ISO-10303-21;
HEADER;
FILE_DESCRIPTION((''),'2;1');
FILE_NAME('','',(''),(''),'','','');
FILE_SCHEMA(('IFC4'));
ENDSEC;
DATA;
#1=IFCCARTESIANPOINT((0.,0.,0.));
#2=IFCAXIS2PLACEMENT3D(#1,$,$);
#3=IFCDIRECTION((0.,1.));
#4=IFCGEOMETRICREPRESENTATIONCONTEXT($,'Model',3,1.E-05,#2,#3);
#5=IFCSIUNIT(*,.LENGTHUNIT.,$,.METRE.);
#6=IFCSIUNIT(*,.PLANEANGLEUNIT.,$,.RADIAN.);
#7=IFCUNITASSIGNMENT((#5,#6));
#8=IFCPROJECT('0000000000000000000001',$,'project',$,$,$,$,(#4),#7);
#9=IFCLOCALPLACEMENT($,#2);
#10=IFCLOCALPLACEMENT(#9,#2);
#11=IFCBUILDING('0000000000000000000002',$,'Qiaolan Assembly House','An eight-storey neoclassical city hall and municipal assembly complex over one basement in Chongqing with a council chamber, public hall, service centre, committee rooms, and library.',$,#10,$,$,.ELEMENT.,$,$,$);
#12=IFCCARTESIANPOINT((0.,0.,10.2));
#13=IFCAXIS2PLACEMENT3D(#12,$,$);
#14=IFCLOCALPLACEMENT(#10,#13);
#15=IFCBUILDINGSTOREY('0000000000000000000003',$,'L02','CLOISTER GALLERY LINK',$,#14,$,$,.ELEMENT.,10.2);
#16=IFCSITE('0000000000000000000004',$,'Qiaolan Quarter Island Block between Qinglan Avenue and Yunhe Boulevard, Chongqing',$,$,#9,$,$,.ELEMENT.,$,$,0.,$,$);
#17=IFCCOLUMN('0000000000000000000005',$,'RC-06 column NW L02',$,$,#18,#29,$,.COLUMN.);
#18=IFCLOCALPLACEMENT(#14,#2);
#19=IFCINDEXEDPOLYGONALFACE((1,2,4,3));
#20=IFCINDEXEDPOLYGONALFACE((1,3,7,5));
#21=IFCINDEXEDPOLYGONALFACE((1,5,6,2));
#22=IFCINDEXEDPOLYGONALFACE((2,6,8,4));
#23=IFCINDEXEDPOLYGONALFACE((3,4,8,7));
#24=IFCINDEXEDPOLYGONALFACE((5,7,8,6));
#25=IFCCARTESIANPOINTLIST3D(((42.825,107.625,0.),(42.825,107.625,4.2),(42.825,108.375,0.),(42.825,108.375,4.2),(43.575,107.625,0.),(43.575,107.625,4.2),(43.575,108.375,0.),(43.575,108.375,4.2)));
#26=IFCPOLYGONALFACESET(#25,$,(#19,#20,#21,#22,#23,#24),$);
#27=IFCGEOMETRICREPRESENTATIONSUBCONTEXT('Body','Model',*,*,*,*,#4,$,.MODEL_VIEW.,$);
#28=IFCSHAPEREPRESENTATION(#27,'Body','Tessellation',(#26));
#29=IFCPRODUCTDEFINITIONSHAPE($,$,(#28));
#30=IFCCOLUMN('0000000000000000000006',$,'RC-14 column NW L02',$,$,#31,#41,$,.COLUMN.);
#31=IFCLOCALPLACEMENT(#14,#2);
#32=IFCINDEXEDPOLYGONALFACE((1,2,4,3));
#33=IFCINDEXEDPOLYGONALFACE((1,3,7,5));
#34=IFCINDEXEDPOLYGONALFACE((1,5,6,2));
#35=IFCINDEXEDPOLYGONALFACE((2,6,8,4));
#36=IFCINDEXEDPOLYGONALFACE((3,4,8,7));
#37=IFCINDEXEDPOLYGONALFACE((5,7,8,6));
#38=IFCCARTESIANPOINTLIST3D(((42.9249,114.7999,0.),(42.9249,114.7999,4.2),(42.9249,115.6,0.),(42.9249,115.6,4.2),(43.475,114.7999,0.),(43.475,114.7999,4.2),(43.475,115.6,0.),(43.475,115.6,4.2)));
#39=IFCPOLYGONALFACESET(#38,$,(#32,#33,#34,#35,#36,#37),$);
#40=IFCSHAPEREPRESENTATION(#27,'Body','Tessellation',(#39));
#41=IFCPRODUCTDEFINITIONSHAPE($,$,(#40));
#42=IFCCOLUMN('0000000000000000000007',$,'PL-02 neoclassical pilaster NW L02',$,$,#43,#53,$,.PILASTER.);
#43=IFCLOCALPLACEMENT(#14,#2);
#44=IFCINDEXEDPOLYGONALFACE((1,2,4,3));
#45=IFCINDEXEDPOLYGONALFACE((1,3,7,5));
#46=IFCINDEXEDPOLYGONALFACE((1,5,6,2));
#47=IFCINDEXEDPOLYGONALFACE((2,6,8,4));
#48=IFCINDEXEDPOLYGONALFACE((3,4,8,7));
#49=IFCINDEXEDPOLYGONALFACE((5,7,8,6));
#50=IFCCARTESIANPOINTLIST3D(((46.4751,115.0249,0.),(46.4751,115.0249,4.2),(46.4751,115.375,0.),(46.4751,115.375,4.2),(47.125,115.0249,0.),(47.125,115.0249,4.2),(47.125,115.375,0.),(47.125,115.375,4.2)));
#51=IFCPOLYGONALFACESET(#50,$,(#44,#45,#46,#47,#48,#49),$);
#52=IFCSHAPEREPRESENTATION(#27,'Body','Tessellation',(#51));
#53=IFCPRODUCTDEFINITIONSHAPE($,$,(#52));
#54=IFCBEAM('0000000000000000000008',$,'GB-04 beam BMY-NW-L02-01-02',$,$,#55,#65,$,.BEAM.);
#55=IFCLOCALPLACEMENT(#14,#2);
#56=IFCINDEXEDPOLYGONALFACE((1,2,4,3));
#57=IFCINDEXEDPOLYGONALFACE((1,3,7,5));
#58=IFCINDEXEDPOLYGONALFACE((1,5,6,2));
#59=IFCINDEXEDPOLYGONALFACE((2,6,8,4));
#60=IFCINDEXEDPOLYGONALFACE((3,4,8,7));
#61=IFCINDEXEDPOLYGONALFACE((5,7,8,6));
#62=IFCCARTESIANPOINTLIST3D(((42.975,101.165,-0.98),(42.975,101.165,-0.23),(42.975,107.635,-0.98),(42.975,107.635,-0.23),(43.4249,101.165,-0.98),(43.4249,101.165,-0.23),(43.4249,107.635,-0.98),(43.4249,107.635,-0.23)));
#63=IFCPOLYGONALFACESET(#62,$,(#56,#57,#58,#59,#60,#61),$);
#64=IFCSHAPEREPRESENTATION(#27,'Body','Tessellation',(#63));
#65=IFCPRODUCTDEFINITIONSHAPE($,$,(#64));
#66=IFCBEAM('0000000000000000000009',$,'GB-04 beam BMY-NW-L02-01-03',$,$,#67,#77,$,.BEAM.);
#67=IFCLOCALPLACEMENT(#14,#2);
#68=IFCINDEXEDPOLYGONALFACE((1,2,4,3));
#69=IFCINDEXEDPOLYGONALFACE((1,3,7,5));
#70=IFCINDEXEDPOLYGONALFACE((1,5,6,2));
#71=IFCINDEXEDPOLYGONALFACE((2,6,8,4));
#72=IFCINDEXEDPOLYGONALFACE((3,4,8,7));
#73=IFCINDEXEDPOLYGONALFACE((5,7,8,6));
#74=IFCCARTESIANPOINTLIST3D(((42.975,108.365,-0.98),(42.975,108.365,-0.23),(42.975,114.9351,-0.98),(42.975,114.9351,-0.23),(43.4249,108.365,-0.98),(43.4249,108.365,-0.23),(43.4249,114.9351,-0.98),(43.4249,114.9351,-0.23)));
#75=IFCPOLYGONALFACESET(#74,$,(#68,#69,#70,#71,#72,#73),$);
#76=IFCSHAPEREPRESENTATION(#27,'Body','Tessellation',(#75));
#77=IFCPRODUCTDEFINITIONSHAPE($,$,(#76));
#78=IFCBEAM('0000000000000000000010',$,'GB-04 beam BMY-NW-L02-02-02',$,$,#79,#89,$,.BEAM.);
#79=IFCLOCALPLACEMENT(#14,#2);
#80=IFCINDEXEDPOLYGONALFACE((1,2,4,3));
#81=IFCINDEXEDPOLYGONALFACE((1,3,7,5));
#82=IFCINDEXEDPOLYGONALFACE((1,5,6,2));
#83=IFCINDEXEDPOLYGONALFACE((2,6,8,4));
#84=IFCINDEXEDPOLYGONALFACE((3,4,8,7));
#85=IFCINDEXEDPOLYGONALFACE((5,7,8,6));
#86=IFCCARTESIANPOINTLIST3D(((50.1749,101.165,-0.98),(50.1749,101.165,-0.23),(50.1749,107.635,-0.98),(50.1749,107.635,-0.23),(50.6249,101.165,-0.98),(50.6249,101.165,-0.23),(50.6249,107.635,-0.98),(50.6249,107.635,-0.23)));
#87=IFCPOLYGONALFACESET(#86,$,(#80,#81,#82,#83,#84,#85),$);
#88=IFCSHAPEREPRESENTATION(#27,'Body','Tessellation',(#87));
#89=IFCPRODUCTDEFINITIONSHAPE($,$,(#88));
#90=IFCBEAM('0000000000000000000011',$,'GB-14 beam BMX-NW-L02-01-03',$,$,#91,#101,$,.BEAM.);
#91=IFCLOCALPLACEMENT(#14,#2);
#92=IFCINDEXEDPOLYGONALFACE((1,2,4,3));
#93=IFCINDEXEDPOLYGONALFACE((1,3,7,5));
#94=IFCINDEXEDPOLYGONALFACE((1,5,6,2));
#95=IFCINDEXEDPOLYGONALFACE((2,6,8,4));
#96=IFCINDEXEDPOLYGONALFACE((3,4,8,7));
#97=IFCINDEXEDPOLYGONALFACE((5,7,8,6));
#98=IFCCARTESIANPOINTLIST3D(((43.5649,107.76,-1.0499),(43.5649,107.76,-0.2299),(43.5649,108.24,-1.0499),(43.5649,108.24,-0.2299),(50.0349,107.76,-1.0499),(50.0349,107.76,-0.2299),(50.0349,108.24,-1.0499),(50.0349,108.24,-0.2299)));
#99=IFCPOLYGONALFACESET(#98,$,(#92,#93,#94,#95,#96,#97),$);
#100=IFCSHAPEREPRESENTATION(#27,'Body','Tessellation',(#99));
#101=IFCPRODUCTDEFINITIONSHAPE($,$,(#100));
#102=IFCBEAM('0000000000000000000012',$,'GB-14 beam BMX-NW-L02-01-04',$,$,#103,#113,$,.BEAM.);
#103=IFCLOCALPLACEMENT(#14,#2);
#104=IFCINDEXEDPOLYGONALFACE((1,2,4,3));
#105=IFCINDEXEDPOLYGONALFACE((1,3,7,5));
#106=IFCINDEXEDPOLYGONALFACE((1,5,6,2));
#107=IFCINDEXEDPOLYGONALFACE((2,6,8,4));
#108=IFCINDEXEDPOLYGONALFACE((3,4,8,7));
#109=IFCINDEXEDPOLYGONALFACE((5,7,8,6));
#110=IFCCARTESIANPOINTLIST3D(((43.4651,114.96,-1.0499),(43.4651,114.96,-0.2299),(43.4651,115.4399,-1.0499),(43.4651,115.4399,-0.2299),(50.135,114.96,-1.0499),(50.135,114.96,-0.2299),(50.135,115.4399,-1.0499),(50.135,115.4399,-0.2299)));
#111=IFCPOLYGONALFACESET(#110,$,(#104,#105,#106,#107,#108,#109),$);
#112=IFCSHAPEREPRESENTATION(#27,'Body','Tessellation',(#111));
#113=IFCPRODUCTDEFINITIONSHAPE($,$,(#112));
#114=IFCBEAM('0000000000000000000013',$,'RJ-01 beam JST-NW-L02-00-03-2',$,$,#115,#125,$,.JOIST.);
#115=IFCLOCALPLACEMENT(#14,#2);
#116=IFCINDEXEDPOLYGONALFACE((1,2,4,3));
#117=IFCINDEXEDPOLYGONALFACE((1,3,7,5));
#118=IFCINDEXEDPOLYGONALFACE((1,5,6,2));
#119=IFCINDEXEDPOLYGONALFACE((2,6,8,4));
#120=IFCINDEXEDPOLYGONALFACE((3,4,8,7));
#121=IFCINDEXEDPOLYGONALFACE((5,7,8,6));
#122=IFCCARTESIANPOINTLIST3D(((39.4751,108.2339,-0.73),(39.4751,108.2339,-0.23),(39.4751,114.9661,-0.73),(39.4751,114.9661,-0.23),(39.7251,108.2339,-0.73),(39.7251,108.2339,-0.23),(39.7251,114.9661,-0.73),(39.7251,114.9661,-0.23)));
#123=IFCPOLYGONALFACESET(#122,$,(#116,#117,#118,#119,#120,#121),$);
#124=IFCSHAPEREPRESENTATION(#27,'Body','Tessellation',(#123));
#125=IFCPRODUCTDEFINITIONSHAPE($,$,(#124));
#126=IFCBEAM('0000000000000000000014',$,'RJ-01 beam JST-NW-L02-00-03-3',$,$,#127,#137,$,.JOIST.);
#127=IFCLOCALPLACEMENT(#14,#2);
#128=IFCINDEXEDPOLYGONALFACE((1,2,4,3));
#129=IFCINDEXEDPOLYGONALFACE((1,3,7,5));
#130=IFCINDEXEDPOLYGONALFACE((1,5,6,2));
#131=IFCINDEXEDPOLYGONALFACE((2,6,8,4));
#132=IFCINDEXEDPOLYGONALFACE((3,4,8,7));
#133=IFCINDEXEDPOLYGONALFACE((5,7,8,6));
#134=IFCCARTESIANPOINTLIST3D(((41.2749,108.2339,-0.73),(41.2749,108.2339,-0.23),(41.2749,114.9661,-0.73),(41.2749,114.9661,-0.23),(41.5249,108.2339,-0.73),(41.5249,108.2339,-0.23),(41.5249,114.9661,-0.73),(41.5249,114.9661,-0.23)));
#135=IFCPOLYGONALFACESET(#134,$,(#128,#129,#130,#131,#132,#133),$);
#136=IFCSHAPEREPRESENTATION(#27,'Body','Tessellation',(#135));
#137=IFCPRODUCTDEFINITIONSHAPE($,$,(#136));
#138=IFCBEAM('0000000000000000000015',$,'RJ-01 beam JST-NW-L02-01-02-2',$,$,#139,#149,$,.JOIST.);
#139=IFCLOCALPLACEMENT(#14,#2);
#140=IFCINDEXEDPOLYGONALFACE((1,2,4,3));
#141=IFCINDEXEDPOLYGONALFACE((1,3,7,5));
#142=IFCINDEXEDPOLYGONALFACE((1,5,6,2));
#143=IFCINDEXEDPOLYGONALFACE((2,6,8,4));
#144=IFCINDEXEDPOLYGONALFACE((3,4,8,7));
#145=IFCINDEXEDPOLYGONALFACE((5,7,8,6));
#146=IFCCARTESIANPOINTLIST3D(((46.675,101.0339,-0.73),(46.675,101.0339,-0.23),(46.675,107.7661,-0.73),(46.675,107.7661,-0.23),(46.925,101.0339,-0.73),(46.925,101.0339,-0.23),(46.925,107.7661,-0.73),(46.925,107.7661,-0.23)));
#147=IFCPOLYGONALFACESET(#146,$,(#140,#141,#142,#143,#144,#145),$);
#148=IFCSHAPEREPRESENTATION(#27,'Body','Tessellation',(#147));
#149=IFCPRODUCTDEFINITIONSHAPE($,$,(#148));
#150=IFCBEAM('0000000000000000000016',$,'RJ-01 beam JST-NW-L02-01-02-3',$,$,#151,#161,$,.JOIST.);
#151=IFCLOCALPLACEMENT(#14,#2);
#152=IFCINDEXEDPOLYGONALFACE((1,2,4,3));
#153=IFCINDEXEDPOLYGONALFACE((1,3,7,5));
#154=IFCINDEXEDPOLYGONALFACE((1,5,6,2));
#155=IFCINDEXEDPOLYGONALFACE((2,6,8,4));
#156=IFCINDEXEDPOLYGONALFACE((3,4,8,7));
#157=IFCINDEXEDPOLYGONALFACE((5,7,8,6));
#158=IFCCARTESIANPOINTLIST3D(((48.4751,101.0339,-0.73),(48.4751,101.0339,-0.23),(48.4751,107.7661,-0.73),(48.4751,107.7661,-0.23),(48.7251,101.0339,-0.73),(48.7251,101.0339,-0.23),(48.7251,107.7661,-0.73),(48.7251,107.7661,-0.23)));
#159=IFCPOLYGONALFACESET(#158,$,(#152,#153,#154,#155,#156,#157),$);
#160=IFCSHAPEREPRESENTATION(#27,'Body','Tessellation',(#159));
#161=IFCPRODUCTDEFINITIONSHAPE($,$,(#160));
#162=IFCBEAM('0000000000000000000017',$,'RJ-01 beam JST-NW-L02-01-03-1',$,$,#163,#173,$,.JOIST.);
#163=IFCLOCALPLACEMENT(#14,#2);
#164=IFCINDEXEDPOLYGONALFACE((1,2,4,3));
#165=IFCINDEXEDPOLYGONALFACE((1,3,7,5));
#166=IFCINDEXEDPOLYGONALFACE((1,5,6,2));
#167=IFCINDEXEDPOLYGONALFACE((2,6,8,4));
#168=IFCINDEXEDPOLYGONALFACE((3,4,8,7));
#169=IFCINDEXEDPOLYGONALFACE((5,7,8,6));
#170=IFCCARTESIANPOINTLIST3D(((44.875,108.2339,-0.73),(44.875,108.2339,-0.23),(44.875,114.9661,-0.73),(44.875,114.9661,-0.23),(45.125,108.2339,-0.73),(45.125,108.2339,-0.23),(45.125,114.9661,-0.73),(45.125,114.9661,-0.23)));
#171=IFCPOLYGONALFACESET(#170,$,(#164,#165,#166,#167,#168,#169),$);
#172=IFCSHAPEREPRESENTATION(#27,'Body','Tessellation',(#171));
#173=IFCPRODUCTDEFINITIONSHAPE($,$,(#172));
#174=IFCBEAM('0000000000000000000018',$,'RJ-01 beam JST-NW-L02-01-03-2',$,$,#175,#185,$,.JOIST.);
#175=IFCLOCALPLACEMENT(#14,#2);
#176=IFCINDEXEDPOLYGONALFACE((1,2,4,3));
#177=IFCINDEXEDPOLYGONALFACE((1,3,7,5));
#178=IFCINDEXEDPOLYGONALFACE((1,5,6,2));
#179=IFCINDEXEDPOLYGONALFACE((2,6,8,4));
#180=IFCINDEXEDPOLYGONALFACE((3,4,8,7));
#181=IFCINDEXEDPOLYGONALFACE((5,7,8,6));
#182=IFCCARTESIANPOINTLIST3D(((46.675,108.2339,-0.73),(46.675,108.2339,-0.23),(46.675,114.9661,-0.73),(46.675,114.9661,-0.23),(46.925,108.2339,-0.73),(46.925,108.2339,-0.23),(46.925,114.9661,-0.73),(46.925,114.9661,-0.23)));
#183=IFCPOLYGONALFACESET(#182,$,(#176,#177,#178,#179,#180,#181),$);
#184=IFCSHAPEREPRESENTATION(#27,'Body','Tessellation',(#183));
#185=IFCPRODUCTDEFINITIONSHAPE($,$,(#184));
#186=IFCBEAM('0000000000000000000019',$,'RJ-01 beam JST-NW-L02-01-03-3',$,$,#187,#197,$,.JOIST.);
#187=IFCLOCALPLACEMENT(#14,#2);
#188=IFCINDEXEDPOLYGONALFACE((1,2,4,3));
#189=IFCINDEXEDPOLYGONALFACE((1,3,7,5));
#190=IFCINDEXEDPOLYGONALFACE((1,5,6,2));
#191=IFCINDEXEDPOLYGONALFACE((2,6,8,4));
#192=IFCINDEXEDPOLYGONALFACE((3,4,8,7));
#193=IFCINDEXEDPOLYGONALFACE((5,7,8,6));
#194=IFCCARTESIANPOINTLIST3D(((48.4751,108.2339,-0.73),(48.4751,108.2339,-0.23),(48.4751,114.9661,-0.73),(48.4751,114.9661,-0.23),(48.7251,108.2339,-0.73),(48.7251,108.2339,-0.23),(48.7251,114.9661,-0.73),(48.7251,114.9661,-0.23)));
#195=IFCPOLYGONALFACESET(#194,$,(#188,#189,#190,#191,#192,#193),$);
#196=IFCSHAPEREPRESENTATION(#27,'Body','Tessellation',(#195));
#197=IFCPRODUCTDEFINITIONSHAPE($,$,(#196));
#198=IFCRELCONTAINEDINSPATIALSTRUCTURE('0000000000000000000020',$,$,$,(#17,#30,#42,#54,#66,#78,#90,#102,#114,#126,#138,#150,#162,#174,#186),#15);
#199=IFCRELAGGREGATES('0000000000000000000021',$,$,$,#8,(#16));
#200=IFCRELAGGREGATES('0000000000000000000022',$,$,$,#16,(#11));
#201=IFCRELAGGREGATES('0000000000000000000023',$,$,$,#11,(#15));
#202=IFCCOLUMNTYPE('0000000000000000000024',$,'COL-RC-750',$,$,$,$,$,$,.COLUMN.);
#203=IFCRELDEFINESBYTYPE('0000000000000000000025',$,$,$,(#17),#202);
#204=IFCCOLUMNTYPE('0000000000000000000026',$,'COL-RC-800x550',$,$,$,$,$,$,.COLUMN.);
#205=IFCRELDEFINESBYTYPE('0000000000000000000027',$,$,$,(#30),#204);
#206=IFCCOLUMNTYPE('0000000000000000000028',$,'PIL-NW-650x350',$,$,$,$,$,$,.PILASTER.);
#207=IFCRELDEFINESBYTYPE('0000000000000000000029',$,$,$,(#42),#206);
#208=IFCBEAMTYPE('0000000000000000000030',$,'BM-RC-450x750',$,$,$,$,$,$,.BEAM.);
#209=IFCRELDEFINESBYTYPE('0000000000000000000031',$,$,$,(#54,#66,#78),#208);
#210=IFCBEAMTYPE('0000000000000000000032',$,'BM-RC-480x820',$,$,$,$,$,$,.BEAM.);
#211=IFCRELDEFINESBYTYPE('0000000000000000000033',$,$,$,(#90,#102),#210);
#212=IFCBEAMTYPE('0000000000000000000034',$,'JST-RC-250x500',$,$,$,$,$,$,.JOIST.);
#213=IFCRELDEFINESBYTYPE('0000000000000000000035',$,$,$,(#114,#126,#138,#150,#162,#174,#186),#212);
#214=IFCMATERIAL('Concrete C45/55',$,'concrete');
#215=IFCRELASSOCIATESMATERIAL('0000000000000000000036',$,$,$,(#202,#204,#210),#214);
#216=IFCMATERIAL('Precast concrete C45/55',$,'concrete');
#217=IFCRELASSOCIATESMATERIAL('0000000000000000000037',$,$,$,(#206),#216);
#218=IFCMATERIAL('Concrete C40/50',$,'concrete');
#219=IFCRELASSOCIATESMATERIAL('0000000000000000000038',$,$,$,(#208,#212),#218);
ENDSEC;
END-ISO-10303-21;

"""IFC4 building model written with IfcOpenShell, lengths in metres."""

from ifc_helpers import new_model, si_unit, direction, frame, origin, origin_2d, place, context, subcontext, project, spatial, rectangle, extrude, material, material_profile, profile_set, type_object, element, save


model = new_model("IFC4")

# Units and contexts
model_context = context("Model", 3, precision=1e-05, world=origin(), true_north=direction((0.0, 1.0)))
body_context = subcontext(model_context, "Body", "Model", "MODEL_VIEW")
ifc_project = project(units=[si_unit("LENGTHUNIT", "METRE"), si_unit("PLANEANGLEUNIT", "RADIAN")], contexts=[model_context])

# Site, building, storey
site_placement = place(None, origin())
site = spatial("IfcSite", under=ifc_project, at=site_placement, Name="Qiaolan Quarter Island Block between Qinglan Avenue and Yunhe Boulevard, Chongqing", CompositionType="ELEMENT", RefElevation=0.0)
building_placement = place(site_placement, origin())
building = spatial("IfcBuilding", under=site, at=building_placement, Name="Qiaolan Assembly House", Description="An eight-storey neoclassical city hall and municipal assembly complex over one basement in Chongqing with a council chamber, public hall, service centre, committee rooms, and library.", CompositionType="ELEMENT")
storey_placement = place(building_placement, frame((0.0, 0.0, 10.2)))
storey = spatial("IfcBuildingStorey", under=building, at=storey_placement, Name="L02", Description="CLOISTER GALLERY LINK", CompositionType="ELEMENT", Elevation=10.2)

# Columns
ifc_material_1 = material(Name="Concrete C45/55", Category="concrete")
ifc_material_profile_1 = material_profile(ifc_material_1, rectangle(XDim=0.75, YDim=0.75, at=origin_2d()), Name="RC 750x750")
ifc_profile_set_1 = profile_set([ifc_material_profile_1], Name="Concrete C45/55")
column_type_1 = type_object("IfcColumnType", Name="COL-RC-750", PredefinedType="COLUMN", material=ifc_profile_set_1)
column_1_placement = place(storey_placement, frame((43.2, 108.0, 0.0), z_axis=(0.0, 0.0, 1.0), x_axis=(1.0, 0.0, 0.0)))
element("IfcColumn", 1, at=column_1_placement, inside=storey, type_object=column_type_1, Name="RC-06 column NW L02", PredefinedType="COLUMN", context=body_context, shape_type="SweptSolid", body=[
    extrude(rectangle(XDim=0.75, YDim=0.75, at=origin_2d()), origin(), (0.0, 0.0, 1.0), 4.2),
])
ifc_material_profile_2 = material_profile(ifc_material_1, rectangle(XDim=0.55, YDim=0.8, at=origin_2d()), Name="RC 800x550")
ifc_profile_set_2 = profile_set([ifc_material_profile_2], Name="Concrete C45/55")
column_type_2 = type_object("IfcColumnType", Name="COL-RC-800x550", PredefinedType="COLUMN", material=ifc_profile_set_2)
column_2_placement = place(storey_placement, frame((43.2, 115.2, 0.0), z_axis=(0.0, 0.0, 1.0), x_axis=(1.0, 0.0, 0.0)))
element("IfcColumn", 2, at=column_2_placement, inside=storey, type_object=column_type_2, Name="RC-14 column NW L02", PredefinedType="COLUMN", context=body_context, shape_type="SweptSolid", body=[
    extrude(rectangle(XDim=0.55, YDim=0.8, at=origin_2d()), origin(), (0.0, 0.0, 1.0), 4.2),
])
ifc_material_2 = material(Name="Precast concrete C45/55", Category="concrete")
ifc_material_profile_3 = material_profile(ifc_material_2, rectangle(XDim=0.6499, YDim=0.3501, at=origin_2d()), Name="PIL 650x350")
ifc_profile_set_3 = profile_set([ifc_material_profile_3], Name="Precast concrete C45/55")
column_type_3 = type_object("IfcColumnType", Name="PIL-NW-650x350", PredefinedType="PILASTER", material=ifc_profile_set_3)
column_3_placement = place(storey_placement, frame((46.8, 115.2, 0.0), z_axis=(0.0, 0.0, 1.0), x_axis=(1.0, 0.0, 0.0)))
element("IfcColumn", 3, at=column_3_placement, inside=storey, type_object=column_type_3, Name="PL-02 neoclassical pilaster NW L02", PredefinedType="PILASTER", context=body_context, shape_type="SweptSolid", body=[
    extrude(rectangle(XDim=0.6499, YDim=0.3501, at=origin_2d()), origin(), (0.0, 0.0, 1.0), 4.2),
])

# Beams
ifc_material_3 = material(Name="Concrete C40/50", Category="concrete")
ifc_material_profile_4 = material_profile(ifc_material_3, rectangle(XDim=0.45, YDim=0.75, at=origin_2d()), Name="RCB 450x750")
ifc_profile_set_4 = profile_set([ifc_material_profile_4], Name="Concrete C40/50")
beam_type_1 = type_object("IfcBeamType", Name="BM-RC-450x750", PredefinedType="BEAM", material=ifc_profile_set_4)
beam_1_placement = place(storey_placement, frame((43.2, 101.165, -0.605), z_axis=(0.0, 1.0, 0.0), x_axis=(-1.0, 0.0, 0.0)))
element("IfcBeam", 4, at=beam_1_placement, inside=storey, type_object=beam_type_1, Name="GB-04 beam BMY-NW-L02-01-02", PredefinedType="BEAM", context=body_context, shape_type="SweptSolid", body=[
    extrude(rectangle(XDim=0.45, YDim=0.75, at=origin_2d()), origin(), (0.0, 0.0, 1.0), 6.47),
])
beam_2_placement = place(storey_placement, frame((43.2, 108.365, -0.605), z_axis=(0.0, 1.0, 0.0), x_axis=(-1.0, 0.0, 0.0)))
element("IfcBeam", 5, at=beam_2_placement, inside=storey, type_object=beam_type_1, Name="GB-04 beam BMY-NW-L02-01-03", PredefinedType="BEAM", context=body_context, shape_type="SweptSolid", body=[
    extrude(rectangle(XDim=0.45, YDim=0.75, at=origin_2d()), origin(), (0.0, 0.0, 1.0), 6.5701),
])
beam_3_placement = place(storey_placement, frame((50.3999, 101.165, -0.605), z_axis=(0.0, 1.0, 0.0), x_axis=(-1.0, 0.0, 0.0)))
element("IfcBeam", 6, at=beam_3_placement, inside=storey, type_object=beam_type_1, Name="GB-04 beam BMY-NW-L02-02-02", PredefinedType="BEAM", context=body_context, shape_type="SweptSolid", body=[
    extrude(rectangle(XDim=0.45, YDim=0.75, at=origin_2d()), origin(), (0.0, 0.0, 1.0), 6.47),
])
ifc_material_profile_5 = material_profile(ifc_material_1, rectangle(XDim=0.48, YDim=0.8201, at=origin_2d()), Name="RCB 480x820")
ifc_profile_set_5 = profile_set([ifc_material_profile_5], Name="Concrete C45/55")
beam_type_2 = type_object("IfcBeamType", Name="BM-RC-480x820", PredefinedType="BEAM", material=ifc_profile_set_5)
beam_4_placement = place(storey_placement, frame((43.5649, 108.0, -0.6399), z_axis=(1.0, 0.0, 0.0), x_axis=(0.0, 1.0, 0.0)))
element("IfcBeam", 7, at=beam_4_placement, inside=storey, type_object=beam_type_2, Name="GB-14 beam BMX-NW-L02-01-03", PredefinedType="BEAM", context=body_context, shape_type="SweptSolid", body=[
    extrude(rectangle(XDim=0.48, YDim=0.8201, at=origin_2d()), origin(), (0.0, 0.0, 1.0), 6.47),
])
beam_5_placement = place(storey_placement, frame((43.4651, 115.2, -0.6399), z_axis=(1.0, 0.0, 0.0), x_axis=(0.0, 1.0, 0.0)))
element("IfcBeam", 8, at=beam_5_placement, inside=storey, type_object=beam_type_2, Name="GB-14 beam BMX-NW-L02-01-04", PredefinedType="BEAM", context=body_context, shape_type="SweptSolid", body=[
    extrude(rectangle(XDim=0.48, YDim=0.8201, at=origin_2d()), origin(), (0.0, 0.0, 1.0), 6.6699),
])
ifc_material_profile_6 = material_profile(ifc_material_3, rectangle(XDim=0.25, YDim=0.5, at=origin_2d()), Name="RCB 250x500")
ifc_profile_set_6 = profile_set([ifc_material_profile_6], Name="Concrete C40/50")
beam_type_3 = type_object("IfcBeamType", Name="JST-RC-250x500", PredefinedType="JOIST", material=ifc_profile_set_6)
for number, where, z_axis, x_axis, name in (
    (9, (39.6001, 108.2339, -0.48), (0.0, 1.0, 0.0), (-1.0, 0.0, 0.0), "RJ-01 beam JST-NW-L02-00-03-2"),
    (10, (41.3999, 108.2339, -0.48), (0.0, 1.0, 0.0), (-1.0, 0.0, 0.0), "RJ-01 beam JST-NW-L02-00-03-3"),
    (11, (46.8, 101.0339, -0.48), (0.0, 1.0, 0.0), (-1.0, 0.0, 0.0), "RJ-01 beam JST-NW-L02-01-02-2"),
    (12, (48.6001, 101.0339, -0.48), (0.0, 1.0, 0.0), (-1.0, 0.0, 0.0), "RJ-01 beam JST-NW-L02-01-02-3"),
    (13, (45.0, 108.2339, -0.48), (0.0, 1.0, 0.0), (-1.0, 0.0, 0.0), "RJ-01 beam JST-NW-L02-01-03-1"),
    (14, (46.8, 108.2339, -0.48), (0.0, 1.0, 0.0), (-1.0, 0.0, 0.0), "RJ-01 beam JST-NW-L02-01-03-2"),
    (15, (48.6001, 108.2339, -0.48), (0.0, 1.0, 0.0), (-1.0, 0.0, 0.0), "RJ-01 beam JST-NW-L02-01-03-3"),
):
    element("IfcBeam", number, at=place(storey_placement, frame(where, z_axis=z_axis, x_axis=x_axis)), inside=storey, type_object=beam_type_3, Name=name, PredefinedType="JOIST", context=body_context, shape_type="SweptSolid", body=[
        extrude(rectangle(XDim=0.25, YDim=0.5, at=origin_2d()), origin(), (0.0, 0.0, 1.0), 6.7322),
    ])

save(model, "model.ifc")
